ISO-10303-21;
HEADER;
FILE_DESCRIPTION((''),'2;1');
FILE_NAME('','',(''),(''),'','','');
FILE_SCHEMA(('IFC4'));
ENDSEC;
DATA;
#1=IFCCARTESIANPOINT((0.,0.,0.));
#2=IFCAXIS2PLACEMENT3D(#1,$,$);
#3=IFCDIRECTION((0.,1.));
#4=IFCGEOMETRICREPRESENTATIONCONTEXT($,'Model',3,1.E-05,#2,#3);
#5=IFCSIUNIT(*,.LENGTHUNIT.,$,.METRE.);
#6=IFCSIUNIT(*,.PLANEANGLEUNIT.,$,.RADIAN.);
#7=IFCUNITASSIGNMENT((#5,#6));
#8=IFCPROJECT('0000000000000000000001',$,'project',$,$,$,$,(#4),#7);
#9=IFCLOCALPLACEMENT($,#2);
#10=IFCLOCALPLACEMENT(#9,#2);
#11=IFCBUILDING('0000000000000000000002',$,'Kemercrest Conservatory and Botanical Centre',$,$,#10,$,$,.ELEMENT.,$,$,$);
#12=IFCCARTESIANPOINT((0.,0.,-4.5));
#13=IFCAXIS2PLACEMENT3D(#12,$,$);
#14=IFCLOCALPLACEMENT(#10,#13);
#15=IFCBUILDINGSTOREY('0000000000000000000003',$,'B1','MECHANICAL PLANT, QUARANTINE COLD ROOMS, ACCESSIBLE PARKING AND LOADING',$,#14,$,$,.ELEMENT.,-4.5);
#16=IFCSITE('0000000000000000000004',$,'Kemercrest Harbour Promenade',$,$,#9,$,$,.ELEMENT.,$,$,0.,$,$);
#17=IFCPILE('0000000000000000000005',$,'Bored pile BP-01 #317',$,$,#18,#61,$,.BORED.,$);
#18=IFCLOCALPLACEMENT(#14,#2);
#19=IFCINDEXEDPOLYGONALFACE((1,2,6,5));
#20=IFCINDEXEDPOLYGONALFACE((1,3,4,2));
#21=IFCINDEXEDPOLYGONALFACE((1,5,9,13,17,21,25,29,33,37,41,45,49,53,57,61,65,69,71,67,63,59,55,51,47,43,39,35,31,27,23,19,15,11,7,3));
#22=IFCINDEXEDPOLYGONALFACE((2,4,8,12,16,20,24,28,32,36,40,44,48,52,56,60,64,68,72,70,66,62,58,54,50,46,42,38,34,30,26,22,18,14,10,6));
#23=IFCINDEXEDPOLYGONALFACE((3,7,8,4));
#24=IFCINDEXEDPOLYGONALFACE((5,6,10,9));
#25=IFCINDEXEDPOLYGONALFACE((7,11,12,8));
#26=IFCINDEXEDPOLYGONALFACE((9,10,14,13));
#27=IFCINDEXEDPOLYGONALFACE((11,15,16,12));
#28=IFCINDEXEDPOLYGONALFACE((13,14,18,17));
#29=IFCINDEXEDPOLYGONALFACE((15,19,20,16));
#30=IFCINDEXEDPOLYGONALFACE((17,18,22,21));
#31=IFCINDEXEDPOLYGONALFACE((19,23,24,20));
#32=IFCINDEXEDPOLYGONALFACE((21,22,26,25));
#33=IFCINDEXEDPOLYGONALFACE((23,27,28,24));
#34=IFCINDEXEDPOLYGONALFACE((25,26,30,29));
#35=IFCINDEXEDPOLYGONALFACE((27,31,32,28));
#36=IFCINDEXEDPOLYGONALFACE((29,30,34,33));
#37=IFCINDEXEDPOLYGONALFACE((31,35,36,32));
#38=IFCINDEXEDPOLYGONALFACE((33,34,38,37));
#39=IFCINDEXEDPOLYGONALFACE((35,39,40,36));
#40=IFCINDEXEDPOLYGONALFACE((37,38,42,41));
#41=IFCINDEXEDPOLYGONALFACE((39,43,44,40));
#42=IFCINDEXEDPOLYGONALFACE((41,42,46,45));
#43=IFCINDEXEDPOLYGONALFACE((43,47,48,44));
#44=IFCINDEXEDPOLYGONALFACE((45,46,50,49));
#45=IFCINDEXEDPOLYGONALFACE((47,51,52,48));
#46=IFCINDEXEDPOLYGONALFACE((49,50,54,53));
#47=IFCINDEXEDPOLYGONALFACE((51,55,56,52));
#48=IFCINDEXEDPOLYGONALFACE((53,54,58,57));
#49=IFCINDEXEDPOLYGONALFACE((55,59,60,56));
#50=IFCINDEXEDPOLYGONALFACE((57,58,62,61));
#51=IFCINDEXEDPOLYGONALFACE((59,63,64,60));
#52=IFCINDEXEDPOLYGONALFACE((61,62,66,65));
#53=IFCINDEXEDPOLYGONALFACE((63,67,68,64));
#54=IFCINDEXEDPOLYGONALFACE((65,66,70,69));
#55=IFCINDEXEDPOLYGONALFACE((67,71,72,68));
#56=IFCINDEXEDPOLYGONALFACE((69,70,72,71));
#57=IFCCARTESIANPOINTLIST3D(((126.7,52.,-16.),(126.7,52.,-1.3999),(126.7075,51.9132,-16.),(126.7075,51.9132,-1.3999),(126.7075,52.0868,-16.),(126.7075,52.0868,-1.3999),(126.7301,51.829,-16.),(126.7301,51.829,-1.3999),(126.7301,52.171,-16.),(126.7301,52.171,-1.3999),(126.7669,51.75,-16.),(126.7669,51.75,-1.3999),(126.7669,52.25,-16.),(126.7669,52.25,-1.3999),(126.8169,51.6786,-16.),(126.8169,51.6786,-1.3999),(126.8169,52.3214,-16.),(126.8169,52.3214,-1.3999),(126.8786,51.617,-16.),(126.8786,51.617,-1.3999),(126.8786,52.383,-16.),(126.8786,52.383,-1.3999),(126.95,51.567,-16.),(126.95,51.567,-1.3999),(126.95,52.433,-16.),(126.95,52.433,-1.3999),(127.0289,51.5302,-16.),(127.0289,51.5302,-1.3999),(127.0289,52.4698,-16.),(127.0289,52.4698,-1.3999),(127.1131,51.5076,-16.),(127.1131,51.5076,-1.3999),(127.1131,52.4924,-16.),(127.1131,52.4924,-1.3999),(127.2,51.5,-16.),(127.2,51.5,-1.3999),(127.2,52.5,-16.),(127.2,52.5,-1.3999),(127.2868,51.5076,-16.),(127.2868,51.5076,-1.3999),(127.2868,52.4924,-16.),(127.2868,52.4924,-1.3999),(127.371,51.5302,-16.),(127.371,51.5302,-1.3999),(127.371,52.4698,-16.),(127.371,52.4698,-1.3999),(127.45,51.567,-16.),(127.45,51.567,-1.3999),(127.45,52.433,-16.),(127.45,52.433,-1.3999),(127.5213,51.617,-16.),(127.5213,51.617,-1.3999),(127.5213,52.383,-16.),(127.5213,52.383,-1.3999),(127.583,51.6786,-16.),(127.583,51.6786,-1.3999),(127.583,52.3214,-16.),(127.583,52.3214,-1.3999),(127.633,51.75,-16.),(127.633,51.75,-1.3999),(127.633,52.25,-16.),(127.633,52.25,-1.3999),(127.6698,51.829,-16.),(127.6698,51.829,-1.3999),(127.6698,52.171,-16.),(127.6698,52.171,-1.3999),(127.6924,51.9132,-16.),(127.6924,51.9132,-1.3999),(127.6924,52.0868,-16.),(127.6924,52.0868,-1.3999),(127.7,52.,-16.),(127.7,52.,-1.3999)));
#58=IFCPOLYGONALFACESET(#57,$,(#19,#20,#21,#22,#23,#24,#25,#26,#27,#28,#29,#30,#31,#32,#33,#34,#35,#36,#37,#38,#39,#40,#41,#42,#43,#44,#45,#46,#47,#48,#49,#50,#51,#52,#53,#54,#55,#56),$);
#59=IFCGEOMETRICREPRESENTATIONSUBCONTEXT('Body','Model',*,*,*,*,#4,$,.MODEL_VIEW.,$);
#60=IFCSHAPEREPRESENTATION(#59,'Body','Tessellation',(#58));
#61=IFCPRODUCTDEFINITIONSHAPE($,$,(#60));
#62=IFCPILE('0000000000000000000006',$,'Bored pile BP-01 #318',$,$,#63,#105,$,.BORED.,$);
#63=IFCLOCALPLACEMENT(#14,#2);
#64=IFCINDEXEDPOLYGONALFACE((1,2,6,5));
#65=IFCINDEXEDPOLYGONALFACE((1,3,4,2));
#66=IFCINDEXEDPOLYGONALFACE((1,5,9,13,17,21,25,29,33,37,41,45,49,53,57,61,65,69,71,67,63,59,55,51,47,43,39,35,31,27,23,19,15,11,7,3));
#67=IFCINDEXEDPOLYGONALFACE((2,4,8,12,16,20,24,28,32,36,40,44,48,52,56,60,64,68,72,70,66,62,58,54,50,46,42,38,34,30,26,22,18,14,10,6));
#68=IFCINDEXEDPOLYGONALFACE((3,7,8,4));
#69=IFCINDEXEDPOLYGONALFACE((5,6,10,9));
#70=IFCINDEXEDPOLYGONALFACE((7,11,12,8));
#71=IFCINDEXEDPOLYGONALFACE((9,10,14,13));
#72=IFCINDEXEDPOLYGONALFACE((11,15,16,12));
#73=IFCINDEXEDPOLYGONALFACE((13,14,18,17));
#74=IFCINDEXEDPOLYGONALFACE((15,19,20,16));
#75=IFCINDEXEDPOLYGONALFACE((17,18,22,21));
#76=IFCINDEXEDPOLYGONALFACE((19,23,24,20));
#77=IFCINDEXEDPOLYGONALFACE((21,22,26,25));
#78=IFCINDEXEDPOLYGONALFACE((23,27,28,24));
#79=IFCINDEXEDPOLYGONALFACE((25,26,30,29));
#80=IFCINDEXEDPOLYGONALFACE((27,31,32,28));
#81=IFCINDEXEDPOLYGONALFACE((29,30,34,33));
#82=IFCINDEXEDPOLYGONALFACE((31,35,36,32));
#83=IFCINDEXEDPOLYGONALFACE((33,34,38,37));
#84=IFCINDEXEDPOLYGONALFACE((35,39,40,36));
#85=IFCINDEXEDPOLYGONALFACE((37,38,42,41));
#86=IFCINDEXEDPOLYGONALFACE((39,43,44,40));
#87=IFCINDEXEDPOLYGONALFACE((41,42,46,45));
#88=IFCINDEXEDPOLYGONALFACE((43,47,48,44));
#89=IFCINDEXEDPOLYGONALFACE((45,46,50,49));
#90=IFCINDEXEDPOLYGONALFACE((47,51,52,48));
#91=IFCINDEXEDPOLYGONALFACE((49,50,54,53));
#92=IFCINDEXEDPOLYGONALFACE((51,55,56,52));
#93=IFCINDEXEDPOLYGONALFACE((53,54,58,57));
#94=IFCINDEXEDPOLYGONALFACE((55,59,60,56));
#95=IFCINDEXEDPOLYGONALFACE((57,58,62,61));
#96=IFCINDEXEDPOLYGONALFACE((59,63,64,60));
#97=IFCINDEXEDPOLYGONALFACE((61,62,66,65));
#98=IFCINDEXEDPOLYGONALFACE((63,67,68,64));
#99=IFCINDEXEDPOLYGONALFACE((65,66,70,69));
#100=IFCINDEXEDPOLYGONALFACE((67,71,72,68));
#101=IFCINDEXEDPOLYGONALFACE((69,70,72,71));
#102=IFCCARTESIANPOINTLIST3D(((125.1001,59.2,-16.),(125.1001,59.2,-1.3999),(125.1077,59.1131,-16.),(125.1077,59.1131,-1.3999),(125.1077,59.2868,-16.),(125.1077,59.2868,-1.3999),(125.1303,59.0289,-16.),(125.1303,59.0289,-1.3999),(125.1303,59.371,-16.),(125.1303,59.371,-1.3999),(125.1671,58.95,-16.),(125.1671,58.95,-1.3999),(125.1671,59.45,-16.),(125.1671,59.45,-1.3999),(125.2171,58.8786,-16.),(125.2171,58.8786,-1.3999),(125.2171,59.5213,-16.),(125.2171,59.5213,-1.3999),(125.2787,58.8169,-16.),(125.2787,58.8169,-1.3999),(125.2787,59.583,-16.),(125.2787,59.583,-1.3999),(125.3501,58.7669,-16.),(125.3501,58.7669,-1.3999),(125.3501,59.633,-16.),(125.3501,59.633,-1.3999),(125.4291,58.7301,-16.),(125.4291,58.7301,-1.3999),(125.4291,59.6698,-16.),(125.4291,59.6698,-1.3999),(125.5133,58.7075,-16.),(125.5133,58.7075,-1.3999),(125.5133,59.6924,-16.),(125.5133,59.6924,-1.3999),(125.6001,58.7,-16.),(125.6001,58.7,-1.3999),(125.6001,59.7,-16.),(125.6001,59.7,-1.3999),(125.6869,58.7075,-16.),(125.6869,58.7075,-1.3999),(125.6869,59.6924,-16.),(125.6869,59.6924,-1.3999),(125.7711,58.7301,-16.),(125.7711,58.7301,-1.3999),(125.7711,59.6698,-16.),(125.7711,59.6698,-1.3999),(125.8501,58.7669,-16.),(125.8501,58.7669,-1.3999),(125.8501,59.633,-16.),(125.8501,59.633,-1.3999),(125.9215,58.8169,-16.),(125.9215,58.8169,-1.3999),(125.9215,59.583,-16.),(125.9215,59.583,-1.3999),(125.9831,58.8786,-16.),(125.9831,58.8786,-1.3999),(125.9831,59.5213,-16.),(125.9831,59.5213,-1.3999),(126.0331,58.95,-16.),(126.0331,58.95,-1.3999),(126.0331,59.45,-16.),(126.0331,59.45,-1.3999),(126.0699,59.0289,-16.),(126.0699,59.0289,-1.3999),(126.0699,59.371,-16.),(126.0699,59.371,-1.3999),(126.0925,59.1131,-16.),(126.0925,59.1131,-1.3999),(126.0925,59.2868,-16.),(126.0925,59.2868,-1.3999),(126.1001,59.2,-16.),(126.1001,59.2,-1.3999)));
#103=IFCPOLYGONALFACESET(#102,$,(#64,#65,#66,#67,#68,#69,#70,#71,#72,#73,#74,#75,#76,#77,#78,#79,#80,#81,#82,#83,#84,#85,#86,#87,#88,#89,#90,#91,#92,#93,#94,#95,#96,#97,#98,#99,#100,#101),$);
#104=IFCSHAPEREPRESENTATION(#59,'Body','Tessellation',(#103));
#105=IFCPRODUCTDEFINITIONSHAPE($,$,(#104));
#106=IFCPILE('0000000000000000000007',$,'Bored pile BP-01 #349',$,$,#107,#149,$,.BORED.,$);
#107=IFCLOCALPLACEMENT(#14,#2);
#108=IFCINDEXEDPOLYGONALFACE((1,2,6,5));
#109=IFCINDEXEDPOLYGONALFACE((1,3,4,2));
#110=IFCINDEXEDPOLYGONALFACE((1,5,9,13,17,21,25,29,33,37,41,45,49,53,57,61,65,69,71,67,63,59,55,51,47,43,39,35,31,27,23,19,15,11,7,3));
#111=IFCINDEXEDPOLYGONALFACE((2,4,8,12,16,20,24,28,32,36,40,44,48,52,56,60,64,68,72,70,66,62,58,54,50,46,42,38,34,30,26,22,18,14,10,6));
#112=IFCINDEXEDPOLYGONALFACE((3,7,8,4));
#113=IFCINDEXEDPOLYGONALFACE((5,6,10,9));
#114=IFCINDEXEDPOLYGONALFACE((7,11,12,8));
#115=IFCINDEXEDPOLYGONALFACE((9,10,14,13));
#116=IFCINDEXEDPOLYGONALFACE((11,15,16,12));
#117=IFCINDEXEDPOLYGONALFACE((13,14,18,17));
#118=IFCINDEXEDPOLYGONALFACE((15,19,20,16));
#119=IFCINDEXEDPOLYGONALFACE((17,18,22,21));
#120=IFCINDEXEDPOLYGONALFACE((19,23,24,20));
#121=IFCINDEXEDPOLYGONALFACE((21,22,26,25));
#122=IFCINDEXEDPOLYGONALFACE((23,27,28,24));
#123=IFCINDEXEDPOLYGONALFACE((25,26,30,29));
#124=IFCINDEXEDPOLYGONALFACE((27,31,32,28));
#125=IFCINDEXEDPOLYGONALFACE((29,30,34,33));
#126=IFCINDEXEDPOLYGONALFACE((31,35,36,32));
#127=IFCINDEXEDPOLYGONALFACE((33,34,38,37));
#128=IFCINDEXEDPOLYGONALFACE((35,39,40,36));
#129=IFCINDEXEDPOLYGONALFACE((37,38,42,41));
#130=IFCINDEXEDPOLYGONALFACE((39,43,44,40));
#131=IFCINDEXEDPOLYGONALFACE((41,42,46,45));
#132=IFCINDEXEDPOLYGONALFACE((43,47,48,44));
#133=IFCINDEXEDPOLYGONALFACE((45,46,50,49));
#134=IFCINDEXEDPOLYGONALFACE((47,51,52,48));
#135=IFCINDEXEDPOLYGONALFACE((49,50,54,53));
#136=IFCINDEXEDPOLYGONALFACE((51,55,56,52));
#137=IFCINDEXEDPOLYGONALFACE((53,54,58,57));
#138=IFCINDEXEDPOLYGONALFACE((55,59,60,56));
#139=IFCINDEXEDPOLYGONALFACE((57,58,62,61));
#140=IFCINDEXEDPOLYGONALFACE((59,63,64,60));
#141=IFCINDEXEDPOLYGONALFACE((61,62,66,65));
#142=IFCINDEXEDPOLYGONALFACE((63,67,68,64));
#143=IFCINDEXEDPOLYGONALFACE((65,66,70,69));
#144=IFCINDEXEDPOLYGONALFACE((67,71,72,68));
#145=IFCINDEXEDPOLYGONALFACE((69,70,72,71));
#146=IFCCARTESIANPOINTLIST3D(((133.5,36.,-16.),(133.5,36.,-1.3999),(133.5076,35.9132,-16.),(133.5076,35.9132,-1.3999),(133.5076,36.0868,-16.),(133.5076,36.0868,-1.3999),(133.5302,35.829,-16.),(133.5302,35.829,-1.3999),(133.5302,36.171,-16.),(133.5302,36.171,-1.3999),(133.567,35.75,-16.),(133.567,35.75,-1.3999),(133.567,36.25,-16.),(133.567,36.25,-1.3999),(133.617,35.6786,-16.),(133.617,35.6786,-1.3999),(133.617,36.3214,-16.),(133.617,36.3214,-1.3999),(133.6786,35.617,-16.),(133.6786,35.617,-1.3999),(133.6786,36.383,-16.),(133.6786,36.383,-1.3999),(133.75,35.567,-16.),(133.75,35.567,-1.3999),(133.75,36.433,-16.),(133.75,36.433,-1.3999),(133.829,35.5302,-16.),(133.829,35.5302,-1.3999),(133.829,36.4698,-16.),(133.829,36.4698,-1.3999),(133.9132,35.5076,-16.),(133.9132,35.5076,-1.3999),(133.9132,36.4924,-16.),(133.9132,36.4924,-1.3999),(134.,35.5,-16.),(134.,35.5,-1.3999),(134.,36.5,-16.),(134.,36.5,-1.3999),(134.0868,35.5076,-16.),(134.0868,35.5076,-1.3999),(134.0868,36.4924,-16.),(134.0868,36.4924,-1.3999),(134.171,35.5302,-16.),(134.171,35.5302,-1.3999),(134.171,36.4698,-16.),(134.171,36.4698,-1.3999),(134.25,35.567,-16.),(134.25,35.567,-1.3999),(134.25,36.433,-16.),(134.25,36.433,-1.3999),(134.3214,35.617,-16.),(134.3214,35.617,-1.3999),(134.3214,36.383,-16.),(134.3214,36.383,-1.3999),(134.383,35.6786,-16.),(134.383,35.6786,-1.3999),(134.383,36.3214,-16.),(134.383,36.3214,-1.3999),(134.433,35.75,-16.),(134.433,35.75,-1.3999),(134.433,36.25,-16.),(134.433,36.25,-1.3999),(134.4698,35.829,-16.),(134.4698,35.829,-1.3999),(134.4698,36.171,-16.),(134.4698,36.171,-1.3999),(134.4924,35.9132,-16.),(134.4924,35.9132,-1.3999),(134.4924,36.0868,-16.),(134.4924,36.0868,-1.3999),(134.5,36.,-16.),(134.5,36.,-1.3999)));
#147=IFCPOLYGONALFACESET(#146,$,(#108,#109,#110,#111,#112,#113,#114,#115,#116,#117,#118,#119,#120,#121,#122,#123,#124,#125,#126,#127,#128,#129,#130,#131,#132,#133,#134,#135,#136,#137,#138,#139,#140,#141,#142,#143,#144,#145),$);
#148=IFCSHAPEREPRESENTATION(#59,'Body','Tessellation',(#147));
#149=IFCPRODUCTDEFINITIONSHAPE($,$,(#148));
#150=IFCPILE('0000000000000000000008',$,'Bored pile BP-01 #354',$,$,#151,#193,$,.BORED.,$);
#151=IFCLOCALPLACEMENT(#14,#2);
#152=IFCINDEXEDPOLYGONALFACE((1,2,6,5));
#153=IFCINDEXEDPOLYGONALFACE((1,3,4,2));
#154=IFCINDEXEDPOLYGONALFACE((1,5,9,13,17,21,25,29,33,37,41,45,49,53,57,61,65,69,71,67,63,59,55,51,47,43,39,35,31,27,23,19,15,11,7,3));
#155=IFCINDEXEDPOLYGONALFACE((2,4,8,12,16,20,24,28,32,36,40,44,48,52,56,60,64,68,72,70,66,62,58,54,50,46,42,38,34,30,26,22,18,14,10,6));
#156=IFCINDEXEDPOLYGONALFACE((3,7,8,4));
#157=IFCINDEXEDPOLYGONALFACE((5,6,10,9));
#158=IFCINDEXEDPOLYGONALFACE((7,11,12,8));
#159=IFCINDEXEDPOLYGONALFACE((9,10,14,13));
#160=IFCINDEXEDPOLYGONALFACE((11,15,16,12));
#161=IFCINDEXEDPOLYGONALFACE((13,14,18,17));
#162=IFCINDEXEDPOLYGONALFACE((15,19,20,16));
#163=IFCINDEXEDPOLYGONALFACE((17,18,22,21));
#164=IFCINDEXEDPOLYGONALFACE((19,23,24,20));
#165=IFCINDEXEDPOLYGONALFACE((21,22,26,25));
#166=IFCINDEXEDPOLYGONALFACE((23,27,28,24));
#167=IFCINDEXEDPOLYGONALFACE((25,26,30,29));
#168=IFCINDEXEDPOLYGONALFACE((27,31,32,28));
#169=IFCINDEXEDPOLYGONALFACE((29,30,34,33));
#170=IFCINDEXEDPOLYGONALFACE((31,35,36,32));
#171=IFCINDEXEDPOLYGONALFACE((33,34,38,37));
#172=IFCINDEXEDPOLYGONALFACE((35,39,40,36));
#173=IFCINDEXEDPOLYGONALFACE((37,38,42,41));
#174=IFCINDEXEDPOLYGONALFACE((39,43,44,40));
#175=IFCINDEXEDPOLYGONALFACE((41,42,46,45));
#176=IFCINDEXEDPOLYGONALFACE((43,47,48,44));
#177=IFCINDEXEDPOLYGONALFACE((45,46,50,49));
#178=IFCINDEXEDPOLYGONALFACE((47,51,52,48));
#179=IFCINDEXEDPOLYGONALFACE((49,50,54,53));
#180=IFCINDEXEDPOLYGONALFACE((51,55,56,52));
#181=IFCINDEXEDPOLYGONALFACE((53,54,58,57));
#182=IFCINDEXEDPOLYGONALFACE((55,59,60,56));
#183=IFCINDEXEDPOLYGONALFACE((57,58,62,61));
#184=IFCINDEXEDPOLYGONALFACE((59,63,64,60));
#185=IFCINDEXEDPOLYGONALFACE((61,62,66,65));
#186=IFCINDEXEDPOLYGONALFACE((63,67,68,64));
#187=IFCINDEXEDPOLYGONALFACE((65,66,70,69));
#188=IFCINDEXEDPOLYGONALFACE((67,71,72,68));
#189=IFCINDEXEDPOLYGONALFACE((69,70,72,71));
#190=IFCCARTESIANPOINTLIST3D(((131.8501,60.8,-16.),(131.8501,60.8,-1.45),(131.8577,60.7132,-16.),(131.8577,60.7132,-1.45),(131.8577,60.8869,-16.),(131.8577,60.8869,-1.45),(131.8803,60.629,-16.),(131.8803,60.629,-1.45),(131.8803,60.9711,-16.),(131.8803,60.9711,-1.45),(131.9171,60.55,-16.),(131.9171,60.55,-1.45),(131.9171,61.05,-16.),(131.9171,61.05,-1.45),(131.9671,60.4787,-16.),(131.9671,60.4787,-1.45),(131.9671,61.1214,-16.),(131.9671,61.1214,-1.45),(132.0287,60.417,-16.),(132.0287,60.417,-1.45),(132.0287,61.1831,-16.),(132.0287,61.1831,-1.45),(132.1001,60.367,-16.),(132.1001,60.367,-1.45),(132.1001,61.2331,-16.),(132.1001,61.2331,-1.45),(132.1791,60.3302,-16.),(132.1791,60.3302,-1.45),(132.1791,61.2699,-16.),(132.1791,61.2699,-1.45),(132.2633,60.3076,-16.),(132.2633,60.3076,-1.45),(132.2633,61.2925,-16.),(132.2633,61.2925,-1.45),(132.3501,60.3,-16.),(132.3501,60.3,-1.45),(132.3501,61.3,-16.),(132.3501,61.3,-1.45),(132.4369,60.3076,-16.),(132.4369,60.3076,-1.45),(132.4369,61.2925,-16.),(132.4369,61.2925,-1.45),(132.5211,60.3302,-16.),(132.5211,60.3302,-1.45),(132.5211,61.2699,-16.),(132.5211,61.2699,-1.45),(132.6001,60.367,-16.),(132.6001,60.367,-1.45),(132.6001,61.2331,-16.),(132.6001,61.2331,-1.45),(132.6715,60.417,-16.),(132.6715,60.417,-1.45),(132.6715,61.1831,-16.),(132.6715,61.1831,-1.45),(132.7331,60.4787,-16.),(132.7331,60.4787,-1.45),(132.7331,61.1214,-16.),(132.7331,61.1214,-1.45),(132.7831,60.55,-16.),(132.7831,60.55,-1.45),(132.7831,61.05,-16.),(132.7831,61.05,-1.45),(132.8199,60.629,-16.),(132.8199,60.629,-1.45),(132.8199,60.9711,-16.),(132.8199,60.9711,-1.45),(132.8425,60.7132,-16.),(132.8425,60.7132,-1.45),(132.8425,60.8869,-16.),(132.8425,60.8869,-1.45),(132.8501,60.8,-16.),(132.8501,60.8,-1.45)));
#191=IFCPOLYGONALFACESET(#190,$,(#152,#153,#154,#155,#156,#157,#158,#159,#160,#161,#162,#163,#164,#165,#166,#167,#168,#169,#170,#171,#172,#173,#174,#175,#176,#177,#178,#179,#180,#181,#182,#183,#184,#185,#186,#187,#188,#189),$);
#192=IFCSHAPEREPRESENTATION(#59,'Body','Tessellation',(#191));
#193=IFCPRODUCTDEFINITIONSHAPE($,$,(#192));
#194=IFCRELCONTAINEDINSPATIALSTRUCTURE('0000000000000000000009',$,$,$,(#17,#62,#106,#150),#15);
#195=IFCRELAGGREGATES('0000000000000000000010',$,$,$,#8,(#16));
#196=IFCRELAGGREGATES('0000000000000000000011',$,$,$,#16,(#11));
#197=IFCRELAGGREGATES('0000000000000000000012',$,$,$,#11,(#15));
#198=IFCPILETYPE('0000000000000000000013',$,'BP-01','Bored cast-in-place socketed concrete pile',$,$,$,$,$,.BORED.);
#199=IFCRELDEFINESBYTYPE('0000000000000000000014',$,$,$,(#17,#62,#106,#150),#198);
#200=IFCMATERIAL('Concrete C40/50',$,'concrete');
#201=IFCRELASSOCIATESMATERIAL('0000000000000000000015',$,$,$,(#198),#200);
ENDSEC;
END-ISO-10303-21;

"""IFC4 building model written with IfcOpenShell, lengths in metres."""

from ifc_helpers import new_model, si_unit, direction, frame, origin, origin_2d, place, context, subcontext, project, spatial, circle, extrude, material, material_profile, profile_set, type_object, element, save


model = new_model("IFC4")

# Units and contexts
model_context = context("Model", 3, precision=1e-05, world=origin(), true_north=direction((0.0, 1.0)))
body_context = subcontext(model_context, "Body", "Model", "MODEL_VIEW")
ifc_project = project(units=[si_unit("LENGTHUNIT", "METRE"), si_unit("PLANEANGLEUNIT", "RADIAN")], contexts=[model_context])

# Site, building, storey
site_placement = place(None, origin())
site = spatial("IfcSite", under=ifc_project, at=site_placement, Name="Kemercrest Harbour Promenade", CompositionType="ELEMENT", RefElevation=0.0)
building_placement = place(site_placement, origin())
building = spatial("IfcBuilding", under=site, at=building_placement, Name="Kemercrest Conservatory and Botanical Centre", CompositionType="ELEMENT")
storey_placement = place(building_placement, frame((0.0, 0.0, -4.5)))
storey = spatial("IfcBuildingStorey", under=building, at=storey_placement, Name="B1", Description="MECHANICAL PLANT, QUARANTINE COLD ROOMS, ACCESSIBLE PARKING AND LOADING", CompositionType="ELEMENT", Elevation=-4.5)

# Piles
ifc_material_1 = material(Name="Concrete C40/50", Category="concrete")
ifc_material_profile_1 = material_profile(ifc_material_1, circle(Radius=0.5, at=origin_2d()), Name="BORED PILE 1000")
ifc_profile_set_1 = profile_set([ifc_material_profile_1], Name="Concrete C40/50")
pile_type_1 = type_object("IfcPileType", Name="BP-01", Description="Bored cast-in-place socketed concrete pile", PredefinedType="BORED", material=ifc_profile_set_1)
for number, where, z_axis, x_axis, name in (
    (1, (127.2, 52.0, -1.3999), (0.0, 0.0, -1.0), (1.0, 0.0, 0.0), "Bored pile BP-01 #317"),
    (2, (125.6001, 59.2, -1.3999), (0.0, 0.0, -1.0), (1.0, 0.0, 0.0), "Bored pile BP-01 #318"),
    (3, (134.0, 36.0, -1.3999), (0.0, 0.0, -1.0), (1.0, 0.0, 0.0), "Bored pile BP-01 #349"),
):
    element("IfcPile", number, at=place(storey_placement, frame(where, z_axis=z_axis, x_axis=x_axis)), inside=storey, type_object=pile_type_1, Name=name, PredefinedType="BORED", context=body_context, shape_type="SweptSolid", body=[
        extrude(circle(Radius=0.5, at=origin_2d()), origin(), (0.0, 0.0, 1.0), 14.6001),
    ])
for number, where, z_axis, x_axis, name in (
    (4, (132.3501, 60.8, -1.45), (0.0, 0.0, -1.0), (1.0, 0.0, 0.0), "Bored pile BP-01 #354"),
):
    element("IfcPile", number, at=place(storey_placement, frame(where, z_axis=z_axis, x_axis=x_axis)), inside=storey, type_object=pile_type_1, Name=name, PredefinedType="BORED", context=body_context, shape_type="SweptSolid", body=[
        extrude(circle(Radius=0.5, at=origin_2d()), origin(), (0.0, 0.0, 1.0), 14.55),
    ])

save(model, "model.ifc")
